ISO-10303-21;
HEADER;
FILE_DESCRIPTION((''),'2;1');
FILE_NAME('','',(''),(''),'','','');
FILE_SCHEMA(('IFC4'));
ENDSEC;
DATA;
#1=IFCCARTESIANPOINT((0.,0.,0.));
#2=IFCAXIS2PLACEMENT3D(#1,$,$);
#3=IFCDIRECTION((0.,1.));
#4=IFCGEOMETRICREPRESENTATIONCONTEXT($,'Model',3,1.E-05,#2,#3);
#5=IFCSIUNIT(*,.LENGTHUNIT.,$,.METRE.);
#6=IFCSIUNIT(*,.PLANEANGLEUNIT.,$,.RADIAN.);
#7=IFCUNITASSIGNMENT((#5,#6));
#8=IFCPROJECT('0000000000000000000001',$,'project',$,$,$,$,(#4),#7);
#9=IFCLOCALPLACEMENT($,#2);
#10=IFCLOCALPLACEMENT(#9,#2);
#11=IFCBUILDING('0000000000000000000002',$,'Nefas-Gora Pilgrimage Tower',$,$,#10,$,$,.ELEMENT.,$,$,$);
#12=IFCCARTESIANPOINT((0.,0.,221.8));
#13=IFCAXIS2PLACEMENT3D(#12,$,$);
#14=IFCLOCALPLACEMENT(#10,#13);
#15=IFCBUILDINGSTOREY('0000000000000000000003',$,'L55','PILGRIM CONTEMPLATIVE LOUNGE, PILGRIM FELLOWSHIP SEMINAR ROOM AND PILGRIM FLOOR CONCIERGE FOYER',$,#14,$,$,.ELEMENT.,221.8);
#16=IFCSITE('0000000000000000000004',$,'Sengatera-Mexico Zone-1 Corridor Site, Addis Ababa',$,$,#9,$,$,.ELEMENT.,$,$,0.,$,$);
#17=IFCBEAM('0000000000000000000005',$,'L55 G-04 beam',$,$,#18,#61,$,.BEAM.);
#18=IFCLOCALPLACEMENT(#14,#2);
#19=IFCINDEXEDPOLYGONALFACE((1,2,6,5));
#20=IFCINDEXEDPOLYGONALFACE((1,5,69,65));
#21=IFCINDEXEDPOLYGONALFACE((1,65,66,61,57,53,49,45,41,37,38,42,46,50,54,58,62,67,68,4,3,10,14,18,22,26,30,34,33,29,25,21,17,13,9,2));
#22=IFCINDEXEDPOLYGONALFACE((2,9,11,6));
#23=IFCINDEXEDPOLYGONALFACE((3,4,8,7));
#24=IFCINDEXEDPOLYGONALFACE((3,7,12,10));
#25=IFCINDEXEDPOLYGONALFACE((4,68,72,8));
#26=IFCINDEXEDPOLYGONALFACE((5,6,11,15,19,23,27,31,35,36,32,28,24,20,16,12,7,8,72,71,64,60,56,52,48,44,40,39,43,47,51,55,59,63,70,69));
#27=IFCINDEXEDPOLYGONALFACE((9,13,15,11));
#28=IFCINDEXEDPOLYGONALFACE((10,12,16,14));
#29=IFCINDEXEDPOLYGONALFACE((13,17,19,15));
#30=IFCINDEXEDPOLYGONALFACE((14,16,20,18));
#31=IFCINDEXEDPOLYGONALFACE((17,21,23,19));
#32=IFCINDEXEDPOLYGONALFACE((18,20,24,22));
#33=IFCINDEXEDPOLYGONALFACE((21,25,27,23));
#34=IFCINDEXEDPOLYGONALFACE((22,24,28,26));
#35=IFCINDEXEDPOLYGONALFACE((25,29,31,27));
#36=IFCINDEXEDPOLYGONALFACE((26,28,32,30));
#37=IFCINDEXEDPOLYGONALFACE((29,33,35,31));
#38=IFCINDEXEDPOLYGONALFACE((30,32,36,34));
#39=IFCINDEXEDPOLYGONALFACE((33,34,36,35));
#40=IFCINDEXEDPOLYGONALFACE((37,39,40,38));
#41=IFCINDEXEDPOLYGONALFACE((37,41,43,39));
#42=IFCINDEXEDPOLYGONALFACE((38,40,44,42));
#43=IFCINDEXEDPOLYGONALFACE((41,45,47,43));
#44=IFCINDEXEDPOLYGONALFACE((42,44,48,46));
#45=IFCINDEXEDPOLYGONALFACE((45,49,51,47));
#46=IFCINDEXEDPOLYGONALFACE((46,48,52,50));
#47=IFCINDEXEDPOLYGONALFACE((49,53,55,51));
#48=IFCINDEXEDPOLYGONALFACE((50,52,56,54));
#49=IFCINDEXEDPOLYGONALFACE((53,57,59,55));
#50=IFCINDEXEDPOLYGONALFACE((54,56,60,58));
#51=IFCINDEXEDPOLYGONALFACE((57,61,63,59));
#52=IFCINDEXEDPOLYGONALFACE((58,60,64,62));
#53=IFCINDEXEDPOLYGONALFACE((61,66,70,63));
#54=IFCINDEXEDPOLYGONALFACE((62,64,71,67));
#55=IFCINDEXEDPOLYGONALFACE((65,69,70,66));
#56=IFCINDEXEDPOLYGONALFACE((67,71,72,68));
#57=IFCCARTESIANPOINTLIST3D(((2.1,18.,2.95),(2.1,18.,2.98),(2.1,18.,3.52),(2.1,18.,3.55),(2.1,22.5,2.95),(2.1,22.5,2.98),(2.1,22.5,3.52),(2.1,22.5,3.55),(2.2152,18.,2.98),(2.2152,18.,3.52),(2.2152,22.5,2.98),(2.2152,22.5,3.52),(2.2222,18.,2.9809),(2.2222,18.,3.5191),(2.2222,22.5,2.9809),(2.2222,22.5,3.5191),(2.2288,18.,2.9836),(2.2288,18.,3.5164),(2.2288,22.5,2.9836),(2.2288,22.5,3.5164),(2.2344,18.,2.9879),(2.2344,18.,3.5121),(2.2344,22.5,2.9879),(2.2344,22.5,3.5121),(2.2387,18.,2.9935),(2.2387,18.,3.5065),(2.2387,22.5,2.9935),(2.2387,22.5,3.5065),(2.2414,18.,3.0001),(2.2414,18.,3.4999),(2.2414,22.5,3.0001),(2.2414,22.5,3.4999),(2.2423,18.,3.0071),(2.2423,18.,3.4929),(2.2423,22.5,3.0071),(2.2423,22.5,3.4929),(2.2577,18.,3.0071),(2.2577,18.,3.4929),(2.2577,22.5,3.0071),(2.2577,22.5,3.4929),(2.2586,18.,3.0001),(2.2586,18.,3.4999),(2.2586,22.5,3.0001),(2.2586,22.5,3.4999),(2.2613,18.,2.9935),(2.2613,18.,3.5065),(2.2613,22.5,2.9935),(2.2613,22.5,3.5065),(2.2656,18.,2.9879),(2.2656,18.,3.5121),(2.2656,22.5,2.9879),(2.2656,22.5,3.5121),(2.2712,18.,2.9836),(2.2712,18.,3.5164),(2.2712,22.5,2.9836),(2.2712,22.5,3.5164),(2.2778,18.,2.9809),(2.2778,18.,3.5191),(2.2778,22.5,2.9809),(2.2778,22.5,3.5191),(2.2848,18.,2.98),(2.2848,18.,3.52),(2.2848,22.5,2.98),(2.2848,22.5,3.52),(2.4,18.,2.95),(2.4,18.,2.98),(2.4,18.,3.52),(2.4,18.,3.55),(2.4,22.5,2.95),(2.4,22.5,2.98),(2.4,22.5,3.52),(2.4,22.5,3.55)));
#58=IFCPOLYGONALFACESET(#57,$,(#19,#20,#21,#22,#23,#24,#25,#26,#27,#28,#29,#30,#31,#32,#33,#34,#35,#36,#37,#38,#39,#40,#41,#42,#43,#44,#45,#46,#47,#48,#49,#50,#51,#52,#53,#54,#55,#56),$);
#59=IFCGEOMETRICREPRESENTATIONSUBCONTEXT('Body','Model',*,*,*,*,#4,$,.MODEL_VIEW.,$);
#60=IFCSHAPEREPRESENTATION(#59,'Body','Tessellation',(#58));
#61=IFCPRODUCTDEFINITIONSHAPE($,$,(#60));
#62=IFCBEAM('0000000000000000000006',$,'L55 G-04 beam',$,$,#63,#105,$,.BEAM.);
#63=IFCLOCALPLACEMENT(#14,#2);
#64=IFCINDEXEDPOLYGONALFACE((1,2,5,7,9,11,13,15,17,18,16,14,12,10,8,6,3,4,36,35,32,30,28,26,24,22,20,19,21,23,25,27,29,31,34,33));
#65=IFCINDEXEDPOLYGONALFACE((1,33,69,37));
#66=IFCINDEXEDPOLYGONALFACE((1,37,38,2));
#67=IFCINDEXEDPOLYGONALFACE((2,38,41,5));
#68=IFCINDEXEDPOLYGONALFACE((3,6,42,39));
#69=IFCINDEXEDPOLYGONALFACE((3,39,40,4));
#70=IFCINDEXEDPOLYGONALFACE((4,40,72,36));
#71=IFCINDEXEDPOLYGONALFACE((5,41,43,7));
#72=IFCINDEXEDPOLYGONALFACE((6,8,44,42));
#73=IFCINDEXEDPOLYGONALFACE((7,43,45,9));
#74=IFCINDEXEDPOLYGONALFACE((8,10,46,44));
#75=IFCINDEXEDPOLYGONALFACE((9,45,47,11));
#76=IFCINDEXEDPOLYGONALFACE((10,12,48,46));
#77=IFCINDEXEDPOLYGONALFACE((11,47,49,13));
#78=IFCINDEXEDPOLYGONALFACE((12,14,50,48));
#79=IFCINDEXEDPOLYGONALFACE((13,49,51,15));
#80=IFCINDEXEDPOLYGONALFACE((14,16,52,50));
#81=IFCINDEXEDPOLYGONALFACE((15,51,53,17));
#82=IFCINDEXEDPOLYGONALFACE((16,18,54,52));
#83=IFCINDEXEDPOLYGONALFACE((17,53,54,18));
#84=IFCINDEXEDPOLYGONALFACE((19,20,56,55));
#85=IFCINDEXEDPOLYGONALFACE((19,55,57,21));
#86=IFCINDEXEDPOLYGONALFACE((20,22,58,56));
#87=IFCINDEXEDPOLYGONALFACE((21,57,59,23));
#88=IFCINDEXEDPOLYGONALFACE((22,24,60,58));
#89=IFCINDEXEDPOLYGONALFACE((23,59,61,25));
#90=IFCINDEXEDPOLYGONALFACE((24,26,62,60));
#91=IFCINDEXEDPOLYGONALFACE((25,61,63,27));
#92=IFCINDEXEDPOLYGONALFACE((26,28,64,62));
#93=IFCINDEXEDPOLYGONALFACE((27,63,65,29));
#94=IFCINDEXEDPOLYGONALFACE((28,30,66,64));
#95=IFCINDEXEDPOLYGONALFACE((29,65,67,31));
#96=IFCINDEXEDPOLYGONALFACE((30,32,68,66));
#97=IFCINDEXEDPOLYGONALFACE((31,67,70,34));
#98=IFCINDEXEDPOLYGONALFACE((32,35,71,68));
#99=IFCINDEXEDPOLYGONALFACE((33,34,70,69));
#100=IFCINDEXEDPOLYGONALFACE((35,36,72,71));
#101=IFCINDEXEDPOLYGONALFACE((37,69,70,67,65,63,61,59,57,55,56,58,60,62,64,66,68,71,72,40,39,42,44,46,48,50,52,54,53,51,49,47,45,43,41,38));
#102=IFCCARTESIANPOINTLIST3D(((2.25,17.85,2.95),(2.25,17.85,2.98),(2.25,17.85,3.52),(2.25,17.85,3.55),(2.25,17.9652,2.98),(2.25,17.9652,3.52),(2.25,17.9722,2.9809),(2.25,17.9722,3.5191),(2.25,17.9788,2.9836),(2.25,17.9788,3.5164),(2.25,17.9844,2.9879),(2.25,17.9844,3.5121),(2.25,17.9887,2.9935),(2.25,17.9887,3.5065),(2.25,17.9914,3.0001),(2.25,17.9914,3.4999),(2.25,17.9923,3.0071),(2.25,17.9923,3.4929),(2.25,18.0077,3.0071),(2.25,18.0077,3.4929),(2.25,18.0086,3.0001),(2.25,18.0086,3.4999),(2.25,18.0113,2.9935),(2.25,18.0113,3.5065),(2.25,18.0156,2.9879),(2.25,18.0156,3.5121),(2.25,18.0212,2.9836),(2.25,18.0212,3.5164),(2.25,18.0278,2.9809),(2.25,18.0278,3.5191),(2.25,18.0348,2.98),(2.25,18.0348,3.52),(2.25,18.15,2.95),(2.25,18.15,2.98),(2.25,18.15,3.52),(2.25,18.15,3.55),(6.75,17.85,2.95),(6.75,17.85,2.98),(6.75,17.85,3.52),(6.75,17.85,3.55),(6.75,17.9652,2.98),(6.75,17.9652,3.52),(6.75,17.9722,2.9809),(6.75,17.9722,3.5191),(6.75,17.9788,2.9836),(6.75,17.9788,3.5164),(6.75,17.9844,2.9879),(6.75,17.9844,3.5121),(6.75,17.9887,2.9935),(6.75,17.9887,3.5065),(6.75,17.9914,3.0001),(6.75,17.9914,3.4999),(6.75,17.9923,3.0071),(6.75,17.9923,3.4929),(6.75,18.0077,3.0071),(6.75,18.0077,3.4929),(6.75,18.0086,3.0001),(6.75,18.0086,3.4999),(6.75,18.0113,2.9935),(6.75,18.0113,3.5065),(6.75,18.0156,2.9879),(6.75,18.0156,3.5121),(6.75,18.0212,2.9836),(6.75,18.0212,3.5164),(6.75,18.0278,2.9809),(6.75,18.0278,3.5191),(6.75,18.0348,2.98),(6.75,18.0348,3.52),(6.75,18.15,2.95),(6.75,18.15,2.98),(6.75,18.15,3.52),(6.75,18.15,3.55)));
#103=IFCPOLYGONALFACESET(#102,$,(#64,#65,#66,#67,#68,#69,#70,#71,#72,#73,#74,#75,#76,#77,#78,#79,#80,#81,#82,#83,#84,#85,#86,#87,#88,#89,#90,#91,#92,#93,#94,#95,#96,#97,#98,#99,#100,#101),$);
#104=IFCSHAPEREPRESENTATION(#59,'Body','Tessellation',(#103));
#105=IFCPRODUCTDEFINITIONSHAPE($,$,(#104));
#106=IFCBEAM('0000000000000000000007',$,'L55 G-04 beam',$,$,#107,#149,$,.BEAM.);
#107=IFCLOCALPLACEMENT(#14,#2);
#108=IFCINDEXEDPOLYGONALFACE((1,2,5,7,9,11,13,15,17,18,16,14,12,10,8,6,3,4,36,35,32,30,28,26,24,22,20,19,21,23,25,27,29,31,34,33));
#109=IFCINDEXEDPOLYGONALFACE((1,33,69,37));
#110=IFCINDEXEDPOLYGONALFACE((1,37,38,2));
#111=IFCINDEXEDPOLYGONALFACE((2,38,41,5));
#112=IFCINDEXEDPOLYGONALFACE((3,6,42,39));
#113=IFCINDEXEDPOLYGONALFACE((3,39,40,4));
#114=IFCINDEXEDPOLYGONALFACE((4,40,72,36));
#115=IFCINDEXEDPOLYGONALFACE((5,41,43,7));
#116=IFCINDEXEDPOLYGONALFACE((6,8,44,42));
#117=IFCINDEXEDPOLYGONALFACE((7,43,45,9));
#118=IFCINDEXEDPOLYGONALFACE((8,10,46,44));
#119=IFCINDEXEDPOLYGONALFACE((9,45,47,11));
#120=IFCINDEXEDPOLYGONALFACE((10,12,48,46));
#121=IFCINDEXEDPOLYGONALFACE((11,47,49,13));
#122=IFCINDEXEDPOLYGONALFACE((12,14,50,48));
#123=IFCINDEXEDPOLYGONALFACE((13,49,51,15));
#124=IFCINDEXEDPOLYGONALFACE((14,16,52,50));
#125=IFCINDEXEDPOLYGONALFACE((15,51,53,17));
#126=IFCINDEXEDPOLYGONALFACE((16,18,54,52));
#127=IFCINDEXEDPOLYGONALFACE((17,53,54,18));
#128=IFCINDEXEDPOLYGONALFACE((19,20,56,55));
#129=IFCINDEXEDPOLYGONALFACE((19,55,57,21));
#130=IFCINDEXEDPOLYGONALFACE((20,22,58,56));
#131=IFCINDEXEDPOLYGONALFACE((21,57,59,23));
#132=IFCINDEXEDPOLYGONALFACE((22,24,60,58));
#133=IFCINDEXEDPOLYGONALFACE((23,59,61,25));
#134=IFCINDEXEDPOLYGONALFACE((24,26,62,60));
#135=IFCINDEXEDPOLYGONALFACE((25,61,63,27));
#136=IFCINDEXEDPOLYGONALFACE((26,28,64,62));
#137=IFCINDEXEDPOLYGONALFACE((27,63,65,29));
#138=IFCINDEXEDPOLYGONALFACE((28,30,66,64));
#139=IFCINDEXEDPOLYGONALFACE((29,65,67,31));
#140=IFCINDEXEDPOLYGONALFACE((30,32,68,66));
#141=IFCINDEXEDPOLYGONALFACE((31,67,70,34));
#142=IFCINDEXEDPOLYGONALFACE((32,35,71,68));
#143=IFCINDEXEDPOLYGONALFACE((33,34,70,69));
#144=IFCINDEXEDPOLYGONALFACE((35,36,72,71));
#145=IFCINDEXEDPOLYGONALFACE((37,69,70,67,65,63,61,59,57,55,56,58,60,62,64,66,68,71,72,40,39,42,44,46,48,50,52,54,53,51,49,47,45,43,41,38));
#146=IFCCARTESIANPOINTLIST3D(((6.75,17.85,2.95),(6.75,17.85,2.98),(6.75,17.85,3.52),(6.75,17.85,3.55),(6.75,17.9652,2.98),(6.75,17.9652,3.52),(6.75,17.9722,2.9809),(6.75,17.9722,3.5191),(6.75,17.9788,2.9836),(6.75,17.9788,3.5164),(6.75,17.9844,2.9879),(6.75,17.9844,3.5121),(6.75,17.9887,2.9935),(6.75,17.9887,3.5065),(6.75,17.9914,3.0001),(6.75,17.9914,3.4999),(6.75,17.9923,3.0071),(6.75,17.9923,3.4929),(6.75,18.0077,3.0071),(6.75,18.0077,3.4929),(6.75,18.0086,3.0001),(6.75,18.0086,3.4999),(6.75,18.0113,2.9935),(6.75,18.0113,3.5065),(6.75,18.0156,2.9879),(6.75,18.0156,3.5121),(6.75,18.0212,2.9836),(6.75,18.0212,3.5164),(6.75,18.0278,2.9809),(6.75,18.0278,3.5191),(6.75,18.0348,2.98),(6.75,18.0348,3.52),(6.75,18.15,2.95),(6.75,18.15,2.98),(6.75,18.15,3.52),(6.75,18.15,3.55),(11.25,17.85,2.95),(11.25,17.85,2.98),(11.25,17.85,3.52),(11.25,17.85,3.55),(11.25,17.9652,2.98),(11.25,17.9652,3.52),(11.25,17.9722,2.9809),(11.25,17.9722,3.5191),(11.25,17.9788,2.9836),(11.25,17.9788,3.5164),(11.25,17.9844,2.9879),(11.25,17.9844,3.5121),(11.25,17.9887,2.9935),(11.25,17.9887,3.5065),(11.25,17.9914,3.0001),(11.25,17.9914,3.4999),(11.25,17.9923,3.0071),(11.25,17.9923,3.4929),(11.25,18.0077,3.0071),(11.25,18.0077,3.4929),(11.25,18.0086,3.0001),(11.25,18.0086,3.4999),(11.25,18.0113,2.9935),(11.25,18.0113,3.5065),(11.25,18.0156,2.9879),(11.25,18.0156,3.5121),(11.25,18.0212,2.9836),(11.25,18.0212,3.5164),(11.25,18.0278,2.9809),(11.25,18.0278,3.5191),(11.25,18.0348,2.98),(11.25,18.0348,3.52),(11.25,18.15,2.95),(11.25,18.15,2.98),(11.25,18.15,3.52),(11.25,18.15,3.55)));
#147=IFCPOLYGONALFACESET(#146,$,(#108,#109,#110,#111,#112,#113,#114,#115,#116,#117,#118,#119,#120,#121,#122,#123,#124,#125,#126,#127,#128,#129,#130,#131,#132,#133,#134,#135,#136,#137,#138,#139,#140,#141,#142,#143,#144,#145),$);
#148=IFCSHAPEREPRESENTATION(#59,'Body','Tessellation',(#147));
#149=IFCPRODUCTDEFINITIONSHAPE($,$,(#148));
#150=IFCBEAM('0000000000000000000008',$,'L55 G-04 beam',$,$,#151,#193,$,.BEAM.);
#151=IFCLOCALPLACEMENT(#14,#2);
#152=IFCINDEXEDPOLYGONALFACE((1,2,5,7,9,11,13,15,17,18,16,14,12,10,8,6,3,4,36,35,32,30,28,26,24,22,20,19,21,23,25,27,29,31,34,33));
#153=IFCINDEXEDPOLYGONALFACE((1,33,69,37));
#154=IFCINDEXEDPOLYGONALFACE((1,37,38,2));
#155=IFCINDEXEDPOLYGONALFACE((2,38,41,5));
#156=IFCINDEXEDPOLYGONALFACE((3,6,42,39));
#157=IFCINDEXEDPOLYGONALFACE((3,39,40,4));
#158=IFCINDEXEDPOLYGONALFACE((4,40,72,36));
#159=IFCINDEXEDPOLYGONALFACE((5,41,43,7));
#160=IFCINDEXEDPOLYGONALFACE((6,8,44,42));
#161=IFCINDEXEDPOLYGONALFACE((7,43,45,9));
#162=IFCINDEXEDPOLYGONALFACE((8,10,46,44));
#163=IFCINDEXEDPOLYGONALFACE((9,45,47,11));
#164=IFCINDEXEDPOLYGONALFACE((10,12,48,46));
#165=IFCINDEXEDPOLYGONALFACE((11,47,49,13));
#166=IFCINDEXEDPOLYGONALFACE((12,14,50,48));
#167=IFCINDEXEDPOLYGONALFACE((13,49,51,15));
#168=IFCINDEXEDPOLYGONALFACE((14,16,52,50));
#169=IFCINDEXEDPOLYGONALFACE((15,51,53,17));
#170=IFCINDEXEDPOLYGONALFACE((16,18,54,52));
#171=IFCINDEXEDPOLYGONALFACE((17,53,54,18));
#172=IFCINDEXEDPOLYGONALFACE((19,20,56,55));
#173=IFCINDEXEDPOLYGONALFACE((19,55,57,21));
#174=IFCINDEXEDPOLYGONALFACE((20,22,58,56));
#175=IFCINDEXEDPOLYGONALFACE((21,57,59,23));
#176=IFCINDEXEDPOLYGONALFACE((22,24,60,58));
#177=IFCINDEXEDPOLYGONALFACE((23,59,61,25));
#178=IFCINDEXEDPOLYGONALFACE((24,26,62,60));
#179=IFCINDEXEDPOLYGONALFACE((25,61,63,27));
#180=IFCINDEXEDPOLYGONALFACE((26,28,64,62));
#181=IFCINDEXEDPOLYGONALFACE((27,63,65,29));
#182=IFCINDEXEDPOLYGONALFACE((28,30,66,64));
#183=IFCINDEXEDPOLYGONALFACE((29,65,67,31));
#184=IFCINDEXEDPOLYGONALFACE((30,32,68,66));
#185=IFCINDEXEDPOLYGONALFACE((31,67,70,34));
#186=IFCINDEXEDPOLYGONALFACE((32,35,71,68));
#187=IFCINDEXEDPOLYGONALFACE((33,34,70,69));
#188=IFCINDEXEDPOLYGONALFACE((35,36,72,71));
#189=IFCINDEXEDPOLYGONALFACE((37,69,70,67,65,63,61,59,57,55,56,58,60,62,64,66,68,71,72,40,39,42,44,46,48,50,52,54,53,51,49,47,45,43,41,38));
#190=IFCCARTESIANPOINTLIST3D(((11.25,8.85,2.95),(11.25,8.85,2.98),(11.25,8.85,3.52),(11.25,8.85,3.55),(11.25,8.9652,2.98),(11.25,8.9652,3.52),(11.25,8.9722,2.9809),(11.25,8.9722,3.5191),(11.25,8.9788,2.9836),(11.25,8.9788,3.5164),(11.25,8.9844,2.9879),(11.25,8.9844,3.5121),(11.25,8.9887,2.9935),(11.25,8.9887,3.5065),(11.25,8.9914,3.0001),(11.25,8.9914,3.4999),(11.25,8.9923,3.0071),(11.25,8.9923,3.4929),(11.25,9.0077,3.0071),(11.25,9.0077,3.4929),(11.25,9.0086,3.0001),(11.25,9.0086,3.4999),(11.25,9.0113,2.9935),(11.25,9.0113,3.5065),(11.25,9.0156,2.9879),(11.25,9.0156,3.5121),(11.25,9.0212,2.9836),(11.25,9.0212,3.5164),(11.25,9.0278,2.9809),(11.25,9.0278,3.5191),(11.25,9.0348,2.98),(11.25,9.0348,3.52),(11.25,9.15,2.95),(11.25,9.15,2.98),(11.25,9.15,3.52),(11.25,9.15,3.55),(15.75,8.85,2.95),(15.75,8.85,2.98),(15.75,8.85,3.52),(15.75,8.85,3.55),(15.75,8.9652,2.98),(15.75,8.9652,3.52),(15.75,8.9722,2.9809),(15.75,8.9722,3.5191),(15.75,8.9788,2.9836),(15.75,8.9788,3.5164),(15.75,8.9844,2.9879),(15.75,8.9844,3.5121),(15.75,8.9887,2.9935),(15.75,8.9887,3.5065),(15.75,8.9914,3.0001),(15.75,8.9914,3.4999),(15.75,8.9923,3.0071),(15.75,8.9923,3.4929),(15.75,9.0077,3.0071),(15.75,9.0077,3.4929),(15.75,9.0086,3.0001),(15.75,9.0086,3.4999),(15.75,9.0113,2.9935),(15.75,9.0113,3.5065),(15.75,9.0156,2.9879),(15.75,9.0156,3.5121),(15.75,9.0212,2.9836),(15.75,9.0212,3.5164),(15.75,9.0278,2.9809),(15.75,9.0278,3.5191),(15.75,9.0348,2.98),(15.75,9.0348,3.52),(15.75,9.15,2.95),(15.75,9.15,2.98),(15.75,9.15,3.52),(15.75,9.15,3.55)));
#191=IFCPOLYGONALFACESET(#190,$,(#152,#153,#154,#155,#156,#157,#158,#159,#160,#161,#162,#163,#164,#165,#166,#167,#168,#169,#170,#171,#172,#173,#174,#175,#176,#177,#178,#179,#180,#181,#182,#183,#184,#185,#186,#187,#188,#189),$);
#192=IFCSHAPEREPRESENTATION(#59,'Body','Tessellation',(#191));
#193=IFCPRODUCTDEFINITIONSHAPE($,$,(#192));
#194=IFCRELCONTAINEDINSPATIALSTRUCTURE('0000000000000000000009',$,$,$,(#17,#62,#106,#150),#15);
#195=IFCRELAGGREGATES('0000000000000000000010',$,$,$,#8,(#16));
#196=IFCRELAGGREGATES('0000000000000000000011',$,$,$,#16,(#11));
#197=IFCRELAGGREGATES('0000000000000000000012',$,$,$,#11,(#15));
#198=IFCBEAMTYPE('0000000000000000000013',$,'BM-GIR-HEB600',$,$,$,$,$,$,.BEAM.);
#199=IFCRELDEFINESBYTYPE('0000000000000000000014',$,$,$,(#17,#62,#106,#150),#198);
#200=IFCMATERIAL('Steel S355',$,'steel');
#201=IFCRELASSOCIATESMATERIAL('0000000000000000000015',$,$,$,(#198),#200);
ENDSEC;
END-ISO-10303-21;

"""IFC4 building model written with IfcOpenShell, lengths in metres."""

from ifc_helpers import new_model, si_unit, direction, frame, origin, origin_2d, place, context, subcontext, project, spatial, i_section, extrude, source, transform, mapped, material, material_profile, profile_set, type_object, element, save


model = new_model("IFC4")

# Units and contexts
model_context = context("Model", 3, precision=1e-05, world=origin(), true_north=direction((0.0, 1.0)))
body_context = subcontext(model_context, "Body", "Model", "MODEL_VIEW")
ifc_project = project(units=[si_unit("LENGTHUNIT", "METRE"), si_unit("PLANEANGLEUNIT", "RADIAN")], contexts=[model_context])

# Site, building, storey
site_placement = place(None, origin())
site = spatial("IfcSite", under=ifc_project, at=site_placement, Name="Sengatera-Mexico Zone-1 Corridor Site, Addis Ababa", CompositionType="ELEMENT", RefElevation=0.0)
building_placement = place(site_placement, origin())
building = spatial("IfcBuilding", under=site, at=building_placement, Name="Nefas-Gora Pilgrimage Tower", CompositionType="ELEMENT")
storey_placement = place(building_placement, frame((0.0, 0.0, 221.8)))
storey = spatial("IfcBuildingStorey", under=building, at=storey_placement, Name="L55", Description="PILGRIM CONTEMPLATIVE LOUNGE, PILGRIM FELLOWSHIP SEMINAR ROOM AND PILGRIM FLOOR CONCIERGE FOYER", CompositionType="ELEMENT", Elevation=221.8)

# Beams
ifc_material_1 = material(Name="Steel S355", Category="steel")
ifc_material_profile_1 = material_profile(ifc_material_1, i_section(OverallWidth=0.3, OverallDepth=0.6001, WebThickness=0.0154, FlangeThickness=0.03, FilletRadius=0.0271, at=origin_2d()), Name="HEB 600")
ifc_profile_set_1 = profile_set([ifc_material_profile_1], Name="Steel S355")
beam_type = type_object("IfcBeamType", Name="BM-GIR-HEB600", PredefinedType="BEAM", material=ifc_profile_set_1)
shared_shape_1 = source(origin(), body_context, "Body", "SweptSolid", [
    extrude(i_section(OverallWidth=0.3, OverallDepth=0.6001, WebThickness=0.0154, FlangeThickness=0.03, FilletRadius=0.0271, at=origin_2d()), origin(), (0.0, 0.0, 1.0), 4.5),
])
for number, where, z_axis, x_axis, name in (
    (1, (2.25, 18.0, 3.25), (0.0, 1.0, 0.0), (-1.0, 0.0, 0.0), "L55 G-04 beam"),
    (2, (2.25, 18.0, 3.25), (1.0, 0.0, 0.0), (0.0, 1.0, 0.0), "L55 G-04 beam"),
    (3, (6.75, 18.0, 3.25), (1.0, 0.0, 0.0), (0.0, 1.0, 0.0), "L55 G-04 beam"),
    (4, (11.25, 9.0, 3.25), (1.0, 0.0, 0.0), (0.0, 1.0, 0.0), "L55 G-04 beam"),
):
    element("IfcBeam", number, at=place(storey_placement, frame(where, z_axis=z_axis, x_axis=x_axis)), inside=storey, type_object=beam_type, Name=name, PredefinedType="BEAM", context=body_context, shape_type="MappedRepresentation", body=[
        mapped(shared_shape_1, transform((0.0, 0.0, 0.0), x_axis=(1.0, 0.0, 0.0), y_axis=(0.0, 1.0, 0.0), z_axis=(0.0, 0.0, 1.0), scale=1.0)),
    ])

save(model, "model.ifc")
